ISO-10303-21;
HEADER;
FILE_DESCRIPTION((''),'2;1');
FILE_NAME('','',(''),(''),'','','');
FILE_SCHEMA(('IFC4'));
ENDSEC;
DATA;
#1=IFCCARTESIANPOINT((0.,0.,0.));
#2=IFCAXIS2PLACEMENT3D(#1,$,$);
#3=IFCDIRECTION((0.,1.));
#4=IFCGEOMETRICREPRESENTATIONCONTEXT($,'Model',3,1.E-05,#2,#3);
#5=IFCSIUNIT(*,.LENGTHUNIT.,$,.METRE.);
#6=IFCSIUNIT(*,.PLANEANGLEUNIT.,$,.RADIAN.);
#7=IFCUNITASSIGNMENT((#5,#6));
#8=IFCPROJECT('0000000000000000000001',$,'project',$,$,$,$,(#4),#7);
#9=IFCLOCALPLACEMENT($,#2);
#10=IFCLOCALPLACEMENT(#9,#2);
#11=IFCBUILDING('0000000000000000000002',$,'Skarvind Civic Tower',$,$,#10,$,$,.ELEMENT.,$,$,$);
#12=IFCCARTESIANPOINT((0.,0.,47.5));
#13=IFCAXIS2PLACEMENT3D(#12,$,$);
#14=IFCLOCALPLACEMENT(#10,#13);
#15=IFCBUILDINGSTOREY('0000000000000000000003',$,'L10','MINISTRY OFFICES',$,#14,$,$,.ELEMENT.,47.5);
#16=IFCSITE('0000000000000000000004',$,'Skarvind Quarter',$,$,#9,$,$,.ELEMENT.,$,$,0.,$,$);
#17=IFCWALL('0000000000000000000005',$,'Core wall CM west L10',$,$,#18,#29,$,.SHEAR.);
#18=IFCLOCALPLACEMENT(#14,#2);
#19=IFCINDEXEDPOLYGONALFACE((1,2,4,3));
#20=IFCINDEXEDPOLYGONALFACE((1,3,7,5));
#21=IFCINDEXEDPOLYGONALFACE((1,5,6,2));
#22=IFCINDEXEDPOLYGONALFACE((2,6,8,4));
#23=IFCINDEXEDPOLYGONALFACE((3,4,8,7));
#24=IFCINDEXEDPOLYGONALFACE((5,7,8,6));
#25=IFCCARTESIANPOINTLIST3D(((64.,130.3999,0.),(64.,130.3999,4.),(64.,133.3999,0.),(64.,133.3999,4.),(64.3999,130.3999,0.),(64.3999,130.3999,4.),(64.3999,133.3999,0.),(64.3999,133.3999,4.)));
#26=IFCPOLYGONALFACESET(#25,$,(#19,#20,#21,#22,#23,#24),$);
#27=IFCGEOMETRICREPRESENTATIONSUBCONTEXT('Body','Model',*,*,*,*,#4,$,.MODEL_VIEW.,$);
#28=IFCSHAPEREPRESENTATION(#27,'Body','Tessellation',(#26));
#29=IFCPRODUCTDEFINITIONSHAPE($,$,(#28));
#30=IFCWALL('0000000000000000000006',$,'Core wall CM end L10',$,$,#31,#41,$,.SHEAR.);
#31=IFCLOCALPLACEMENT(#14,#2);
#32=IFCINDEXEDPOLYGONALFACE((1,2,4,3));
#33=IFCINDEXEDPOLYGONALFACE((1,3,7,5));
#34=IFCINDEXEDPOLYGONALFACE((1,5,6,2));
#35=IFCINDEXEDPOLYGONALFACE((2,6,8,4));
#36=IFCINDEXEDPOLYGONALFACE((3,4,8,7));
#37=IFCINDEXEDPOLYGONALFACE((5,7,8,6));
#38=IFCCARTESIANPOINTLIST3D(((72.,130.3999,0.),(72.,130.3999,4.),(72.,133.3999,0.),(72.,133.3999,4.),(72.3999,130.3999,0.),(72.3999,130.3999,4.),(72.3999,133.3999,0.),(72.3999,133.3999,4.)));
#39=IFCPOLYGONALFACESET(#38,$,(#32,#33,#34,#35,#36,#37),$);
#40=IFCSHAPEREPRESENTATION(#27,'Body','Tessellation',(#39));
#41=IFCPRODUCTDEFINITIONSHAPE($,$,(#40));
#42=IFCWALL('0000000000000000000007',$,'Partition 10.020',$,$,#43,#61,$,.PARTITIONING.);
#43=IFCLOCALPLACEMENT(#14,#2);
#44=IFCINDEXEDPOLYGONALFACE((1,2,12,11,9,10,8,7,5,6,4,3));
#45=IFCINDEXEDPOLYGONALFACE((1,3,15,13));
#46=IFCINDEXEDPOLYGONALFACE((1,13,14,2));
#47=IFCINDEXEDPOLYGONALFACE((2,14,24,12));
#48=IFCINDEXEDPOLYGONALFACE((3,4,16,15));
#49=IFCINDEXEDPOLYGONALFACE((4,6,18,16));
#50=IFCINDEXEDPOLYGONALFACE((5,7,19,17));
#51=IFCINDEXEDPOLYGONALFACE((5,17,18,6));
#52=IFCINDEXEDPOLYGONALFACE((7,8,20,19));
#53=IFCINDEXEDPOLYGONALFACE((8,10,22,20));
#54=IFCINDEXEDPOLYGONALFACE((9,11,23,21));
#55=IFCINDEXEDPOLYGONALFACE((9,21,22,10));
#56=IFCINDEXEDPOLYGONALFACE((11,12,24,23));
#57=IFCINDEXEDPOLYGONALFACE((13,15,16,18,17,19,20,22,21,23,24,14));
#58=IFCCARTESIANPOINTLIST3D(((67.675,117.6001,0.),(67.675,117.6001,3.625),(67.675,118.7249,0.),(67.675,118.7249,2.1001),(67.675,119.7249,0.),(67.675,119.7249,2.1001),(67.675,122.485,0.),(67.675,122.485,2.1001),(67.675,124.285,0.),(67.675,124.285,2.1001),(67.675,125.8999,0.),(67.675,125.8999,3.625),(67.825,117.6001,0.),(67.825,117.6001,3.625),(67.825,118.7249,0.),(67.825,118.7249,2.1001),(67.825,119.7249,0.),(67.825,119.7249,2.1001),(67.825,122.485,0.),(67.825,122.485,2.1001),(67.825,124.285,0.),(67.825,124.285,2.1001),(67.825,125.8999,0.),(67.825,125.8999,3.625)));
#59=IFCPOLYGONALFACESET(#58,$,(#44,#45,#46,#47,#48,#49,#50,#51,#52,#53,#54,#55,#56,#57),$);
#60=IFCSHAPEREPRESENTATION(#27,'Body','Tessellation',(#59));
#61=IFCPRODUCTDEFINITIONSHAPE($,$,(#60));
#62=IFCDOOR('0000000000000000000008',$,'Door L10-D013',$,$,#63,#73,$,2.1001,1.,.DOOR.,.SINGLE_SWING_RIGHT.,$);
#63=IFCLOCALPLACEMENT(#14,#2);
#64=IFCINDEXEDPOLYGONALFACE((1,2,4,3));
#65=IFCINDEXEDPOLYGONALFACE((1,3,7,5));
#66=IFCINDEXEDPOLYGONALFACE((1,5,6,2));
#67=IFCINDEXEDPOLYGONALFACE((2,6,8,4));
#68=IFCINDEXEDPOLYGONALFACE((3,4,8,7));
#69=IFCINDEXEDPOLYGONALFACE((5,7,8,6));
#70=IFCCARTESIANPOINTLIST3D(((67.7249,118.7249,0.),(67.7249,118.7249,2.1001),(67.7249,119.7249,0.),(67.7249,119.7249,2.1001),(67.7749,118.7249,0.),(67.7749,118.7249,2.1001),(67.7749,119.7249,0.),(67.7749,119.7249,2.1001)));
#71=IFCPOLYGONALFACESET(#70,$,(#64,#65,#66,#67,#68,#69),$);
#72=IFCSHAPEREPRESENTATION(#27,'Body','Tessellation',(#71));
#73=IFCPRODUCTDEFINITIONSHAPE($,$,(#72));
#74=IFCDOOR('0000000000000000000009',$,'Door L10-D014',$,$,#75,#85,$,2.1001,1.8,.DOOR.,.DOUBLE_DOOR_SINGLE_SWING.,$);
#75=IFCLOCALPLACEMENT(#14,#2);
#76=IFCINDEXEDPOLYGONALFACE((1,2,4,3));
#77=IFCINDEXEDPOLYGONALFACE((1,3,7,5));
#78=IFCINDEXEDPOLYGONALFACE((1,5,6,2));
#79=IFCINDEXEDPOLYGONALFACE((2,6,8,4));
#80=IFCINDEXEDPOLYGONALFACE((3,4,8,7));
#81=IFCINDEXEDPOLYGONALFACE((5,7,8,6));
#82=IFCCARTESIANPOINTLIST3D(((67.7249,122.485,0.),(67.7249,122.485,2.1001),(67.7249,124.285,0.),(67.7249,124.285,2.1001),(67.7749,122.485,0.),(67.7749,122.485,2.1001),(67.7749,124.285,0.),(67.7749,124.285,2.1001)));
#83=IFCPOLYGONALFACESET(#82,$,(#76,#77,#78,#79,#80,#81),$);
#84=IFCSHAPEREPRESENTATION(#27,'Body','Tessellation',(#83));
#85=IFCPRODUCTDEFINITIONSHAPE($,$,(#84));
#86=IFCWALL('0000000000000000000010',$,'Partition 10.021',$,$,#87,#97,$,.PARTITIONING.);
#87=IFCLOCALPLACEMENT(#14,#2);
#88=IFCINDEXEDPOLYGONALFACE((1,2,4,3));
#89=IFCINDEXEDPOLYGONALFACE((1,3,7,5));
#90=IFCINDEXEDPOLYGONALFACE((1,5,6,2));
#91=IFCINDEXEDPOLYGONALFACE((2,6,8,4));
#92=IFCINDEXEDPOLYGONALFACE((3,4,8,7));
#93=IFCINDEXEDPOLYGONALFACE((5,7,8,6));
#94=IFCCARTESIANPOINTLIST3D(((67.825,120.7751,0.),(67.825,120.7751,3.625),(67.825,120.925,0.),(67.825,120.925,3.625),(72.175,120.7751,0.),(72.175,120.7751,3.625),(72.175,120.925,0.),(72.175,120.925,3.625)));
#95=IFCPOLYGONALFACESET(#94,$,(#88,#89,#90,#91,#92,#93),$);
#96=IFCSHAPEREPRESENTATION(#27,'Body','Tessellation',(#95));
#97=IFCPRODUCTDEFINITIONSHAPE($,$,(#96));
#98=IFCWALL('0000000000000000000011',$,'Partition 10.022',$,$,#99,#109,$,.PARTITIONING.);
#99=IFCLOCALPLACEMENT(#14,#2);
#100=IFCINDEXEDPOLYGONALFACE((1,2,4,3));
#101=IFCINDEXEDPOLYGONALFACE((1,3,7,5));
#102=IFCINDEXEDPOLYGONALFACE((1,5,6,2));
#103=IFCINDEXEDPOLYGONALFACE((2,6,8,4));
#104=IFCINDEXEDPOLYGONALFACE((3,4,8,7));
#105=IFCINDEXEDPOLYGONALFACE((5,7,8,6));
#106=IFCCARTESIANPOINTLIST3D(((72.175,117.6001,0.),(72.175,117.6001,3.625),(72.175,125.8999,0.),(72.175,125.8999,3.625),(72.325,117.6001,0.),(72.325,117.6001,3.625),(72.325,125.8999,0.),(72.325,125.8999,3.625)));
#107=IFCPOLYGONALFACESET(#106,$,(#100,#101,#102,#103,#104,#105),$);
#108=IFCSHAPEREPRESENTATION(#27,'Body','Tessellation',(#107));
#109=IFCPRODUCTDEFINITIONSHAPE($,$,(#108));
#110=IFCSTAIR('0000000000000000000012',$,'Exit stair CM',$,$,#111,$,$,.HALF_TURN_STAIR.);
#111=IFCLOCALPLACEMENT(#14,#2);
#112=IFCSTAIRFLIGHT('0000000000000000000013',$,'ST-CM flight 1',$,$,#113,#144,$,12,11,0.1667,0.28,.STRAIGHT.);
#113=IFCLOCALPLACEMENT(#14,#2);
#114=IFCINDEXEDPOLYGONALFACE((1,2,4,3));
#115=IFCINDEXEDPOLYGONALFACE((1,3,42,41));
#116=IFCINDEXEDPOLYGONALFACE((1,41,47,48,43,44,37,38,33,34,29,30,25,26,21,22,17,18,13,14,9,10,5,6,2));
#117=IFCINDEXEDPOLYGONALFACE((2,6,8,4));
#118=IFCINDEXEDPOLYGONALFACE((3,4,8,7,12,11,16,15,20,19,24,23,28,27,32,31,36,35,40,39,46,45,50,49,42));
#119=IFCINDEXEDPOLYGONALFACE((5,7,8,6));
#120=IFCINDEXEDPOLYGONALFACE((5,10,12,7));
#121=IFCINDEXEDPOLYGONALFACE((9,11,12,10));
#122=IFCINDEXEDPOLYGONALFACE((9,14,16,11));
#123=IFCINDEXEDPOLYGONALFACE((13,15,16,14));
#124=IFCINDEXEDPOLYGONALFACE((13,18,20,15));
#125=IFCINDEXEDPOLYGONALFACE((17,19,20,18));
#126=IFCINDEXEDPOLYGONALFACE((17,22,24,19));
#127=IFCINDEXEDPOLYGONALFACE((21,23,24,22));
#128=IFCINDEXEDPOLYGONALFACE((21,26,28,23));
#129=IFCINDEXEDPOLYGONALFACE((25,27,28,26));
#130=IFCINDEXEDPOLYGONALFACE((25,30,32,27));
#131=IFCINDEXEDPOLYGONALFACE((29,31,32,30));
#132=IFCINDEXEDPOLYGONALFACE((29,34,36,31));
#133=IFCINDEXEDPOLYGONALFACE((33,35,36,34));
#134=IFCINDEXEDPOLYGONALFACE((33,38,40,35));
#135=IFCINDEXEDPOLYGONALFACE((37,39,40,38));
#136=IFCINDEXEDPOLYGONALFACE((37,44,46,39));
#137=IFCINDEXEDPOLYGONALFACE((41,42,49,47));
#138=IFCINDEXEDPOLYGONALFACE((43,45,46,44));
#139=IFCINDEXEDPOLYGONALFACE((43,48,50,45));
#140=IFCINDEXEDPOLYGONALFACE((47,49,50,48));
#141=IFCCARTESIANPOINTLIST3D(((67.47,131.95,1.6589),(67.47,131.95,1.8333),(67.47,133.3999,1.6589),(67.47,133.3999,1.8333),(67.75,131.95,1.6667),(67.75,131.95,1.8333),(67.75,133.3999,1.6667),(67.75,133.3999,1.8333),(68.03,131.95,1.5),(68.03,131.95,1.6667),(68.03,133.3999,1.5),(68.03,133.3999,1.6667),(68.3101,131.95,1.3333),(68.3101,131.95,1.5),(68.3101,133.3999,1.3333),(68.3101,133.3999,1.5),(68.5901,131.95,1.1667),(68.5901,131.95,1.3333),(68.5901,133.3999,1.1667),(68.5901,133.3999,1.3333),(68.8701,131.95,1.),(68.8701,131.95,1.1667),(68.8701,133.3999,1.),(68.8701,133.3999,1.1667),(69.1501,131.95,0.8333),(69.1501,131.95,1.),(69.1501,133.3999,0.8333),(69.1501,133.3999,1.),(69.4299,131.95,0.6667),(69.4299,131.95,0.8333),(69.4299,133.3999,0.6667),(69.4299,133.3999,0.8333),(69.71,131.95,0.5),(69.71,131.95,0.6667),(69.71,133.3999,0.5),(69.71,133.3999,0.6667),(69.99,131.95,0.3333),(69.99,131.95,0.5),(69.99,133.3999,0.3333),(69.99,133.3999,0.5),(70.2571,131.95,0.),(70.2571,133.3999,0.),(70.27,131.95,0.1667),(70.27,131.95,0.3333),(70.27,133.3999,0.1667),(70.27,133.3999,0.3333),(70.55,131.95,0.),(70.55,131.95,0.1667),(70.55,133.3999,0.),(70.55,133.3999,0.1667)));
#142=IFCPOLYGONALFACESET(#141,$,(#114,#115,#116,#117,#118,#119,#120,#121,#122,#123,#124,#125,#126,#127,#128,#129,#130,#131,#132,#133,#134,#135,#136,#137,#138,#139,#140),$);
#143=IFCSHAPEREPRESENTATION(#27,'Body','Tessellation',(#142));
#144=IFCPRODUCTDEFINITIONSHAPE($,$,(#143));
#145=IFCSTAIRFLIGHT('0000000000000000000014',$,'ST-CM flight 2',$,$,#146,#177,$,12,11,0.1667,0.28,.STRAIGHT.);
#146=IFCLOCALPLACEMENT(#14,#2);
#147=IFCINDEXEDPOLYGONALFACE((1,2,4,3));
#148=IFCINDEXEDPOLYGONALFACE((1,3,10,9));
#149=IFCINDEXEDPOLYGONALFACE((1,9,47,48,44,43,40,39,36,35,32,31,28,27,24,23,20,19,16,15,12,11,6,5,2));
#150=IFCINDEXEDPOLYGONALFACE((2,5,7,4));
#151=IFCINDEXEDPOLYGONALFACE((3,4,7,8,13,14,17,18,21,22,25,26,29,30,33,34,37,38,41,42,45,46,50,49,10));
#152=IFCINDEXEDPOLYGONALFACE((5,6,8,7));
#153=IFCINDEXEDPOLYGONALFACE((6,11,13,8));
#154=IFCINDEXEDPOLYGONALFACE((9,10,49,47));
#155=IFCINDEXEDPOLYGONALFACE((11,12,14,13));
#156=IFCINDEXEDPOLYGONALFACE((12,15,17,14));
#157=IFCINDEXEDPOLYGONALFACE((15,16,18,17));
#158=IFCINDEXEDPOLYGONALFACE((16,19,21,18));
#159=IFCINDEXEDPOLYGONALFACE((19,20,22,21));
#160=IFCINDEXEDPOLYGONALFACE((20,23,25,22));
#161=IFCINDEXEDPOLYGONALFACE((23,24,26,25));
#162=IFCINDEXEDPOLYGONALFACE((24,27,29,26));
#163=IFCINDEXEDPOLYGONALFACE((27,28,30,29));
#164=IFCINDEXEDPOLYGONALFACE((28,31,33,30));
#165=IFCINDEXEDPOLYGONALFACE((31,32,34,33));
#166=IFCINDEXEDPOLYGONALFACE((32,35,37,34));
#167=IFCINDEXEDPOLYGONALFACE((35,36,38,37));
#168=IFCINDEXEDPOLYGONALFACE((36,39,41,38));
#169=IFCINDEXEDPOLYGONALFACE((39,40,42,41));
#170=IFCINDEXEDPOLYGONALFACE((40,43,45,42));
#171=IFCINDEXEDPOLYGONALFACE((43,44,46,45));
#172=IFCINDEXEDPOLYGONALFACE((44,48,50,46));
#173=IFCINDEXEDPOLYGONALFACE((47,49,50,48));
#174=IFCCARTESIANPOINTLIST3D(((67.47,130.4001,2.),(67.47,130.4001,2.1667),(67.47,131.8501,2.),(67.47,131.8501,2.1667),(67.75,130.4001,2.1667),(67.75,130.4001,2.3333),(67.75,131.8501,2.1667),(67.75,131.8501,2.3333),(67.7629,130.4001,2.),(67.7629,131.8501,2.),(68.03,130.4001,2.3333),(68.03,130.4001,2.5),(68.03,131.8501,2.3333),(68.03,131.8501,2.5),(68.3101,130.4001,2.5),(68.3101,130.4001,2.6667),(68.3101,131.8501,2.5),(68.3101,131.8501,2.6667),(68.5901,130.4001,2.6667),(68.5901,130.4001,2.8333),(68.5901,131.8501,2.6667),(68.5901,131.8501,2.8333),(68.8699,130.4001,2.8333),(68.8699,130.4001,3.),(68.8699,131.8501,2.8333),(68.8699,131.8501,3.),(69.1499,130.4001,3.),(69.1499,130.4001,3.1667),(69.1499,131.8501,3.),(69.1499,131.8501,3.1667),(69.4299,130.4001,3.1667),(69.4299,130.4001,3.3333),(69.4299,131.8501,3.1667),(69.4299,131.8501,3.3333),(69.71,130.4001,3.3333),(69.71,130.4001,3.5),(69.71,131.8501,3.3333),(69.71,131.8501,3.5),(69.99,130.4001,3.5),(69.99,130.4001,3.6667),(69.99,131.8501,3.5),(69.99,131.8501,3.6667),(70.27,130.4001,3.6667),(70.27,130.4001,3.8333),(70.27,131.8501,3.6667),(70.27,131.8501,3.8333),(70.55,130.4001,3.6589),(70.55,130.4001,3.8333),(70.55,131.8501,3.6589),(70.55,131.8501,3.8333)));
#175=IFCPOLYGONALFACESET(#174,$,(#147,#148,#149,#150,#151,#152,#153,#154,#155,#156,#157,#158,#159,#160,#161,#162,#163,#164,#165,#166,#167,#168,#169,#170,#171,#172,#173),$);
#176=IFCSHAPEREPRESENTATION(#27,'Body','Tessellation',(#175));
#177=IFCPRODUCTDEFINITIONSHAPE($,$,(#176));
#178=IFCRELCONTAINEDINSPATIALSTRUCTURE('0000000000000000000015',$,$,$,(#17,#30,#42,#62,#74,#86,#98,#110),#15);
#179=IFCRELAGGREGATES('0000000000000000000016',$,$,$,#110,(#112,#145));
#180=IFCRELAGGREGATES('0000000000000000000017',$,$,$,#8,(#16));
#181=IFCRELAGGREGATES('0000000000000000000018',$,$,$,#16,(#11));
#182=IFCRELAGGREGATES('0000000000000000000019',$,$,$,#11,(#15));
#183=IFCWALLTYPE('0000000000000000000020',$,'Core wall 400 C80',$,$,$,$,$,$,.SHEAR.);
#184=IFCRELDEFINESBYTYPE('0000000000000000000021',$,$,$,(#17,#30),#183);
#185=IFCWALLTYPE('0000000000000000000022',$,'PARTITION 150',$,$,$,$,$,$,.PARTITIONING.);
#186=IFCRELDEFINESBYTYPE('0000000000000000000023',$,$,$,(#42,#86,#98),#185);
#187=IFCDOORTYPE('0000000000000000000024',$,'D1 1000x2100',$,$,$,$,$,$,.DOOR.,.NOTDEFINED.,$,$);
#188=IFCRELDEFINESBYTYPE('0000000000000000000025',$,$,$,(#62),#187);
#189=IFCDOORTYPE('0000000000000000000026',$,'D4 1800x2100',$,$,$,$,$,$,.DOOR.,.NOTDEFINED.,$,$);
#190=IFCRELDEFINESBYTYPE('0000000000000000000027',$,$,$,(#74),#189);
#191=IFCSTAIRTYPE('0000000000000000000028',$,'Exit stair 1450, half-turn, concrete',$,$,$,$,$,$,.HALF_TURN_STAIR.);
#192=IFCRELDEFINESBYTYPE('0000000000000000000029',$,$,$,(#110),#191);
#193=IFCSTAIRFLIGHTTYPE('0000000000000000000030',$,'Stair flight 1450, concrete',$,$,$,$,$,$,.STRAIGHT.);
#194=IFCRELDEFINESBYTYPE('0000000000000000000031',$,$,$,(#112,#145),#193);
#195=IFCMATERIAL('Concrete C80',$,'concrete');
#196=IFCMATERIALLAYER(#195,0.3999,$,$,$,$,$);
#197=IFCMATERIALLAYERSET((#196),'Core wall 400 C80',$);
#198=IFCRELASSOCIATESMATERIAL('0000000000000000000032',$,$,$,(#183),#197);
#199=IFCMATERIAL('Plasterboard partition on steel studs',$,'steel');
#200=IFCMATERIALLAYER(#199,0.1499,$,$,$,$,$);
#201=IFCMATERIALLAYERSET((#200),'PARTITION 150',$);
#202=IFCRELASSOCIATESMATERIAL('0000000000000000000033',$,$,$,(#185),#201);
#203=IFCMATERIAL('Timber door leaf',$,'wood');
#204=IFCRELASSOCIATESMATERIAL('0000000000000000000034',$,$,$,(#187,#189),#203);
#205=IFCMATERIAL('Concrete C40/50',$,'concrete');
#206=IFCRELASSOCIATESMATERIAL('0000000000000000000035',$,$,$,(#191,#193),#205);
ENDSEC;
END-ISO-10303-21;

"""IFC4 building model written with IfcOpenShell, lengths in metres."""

from ifc_helpers import new_model, si_unit, direction, frame, frame_2d, origin, place, context, subcontext, project, spatial, polyline, rectangle, outline, extrude, material, layer, layer_set, type_object, element, fill, aggregate, save


model = new_model("IFC4")

# Units and contexts
model_context = context("Model", 3, precision=1e-05, world=origin(), true_north=direction((0.0, 1.0)))
body_context = subcontext(model_context, "Body", "Model", "MODEL_VIEW")
ifc_project = project(units=[si_unit("LENGTHUNIT", "METRE"), si_unit("PLANEANGLEUNIT", "RADIAN")], contexts=[model_context])

# Site, building, storey
site_placement = place(None, origin())
site = spatial("IfcSite", under=ifc_project, at=site_placement, Name="Skarvind Quarter", CompositionType="ELEMENT", RefElevation=0.0)
building_placement = place(site_placement, origin())
building = spatial("IfcBuilding", under=site, at=building_placement, Name="Skarvind Civic Tower", CompositionType="ELEMENT")
storey_placement = place(building_placement, frame((0.0, 0.0, 47.5)))
storey = spatial("IfcBuildingStorey", under=building, at=storey_placement, Name="L10", Description="MINISTRY OFFICES", CompositionType="ELEMENT", Elevation=47.5)

# Shared definitions
ifc_material_1 = material(Name="Concrete C80", Category="concrete")

# Shared definitions
ifc_layer_1 = layer(ifc_material_1, 0.3999)
ifc_layer_set_1 = layer_set([ifc_layer_1], Name="Core wall 400 C80")
wall_type_1 = type_object("IfcWallType", Name="Core wall 400 C80", PredefinedType="SHEAR", material=ifc_layer_set_1)

# Walls
for number, where, z_axis, x_axis, name in (
    (1, (64.2, 130.3999, 0.0), (0.0, 0.0, 1.0), (0.0, 1.0, 0.0), "Core wall CM west L10"),
    (2, (72.2, 130.3999, 0.0), (0.0, 0.0, 1.0), (0.0, 1.0, 0.0), "Core wall CM end L10"),
):
    element("IfcWall", number, at=place(storey_placement, frame(where, z_axis=z_axis, x_axis=x_axis)), inside=storey, type_object=wall_type_1, Name=name, PredefinedType="SHEAR", context=body_context, shape_type="SweptSolid", body=[
        extrude(rectangle(XDim=3.0, YDim=0.3999, at=frame_2d((1.5, 0.0))), origin(), (0.0, 0.0, 1.0), 4.0),
    ])

# Wall, openings, doors
ifc_material_2 = material(Name="Plasterboard partition on steel studs", Category="steel")
ifc_layer_2 = layer(ifc_material_2, 0.1499)
ifc_layer_set_2 = layer_set([ifc_layer_2], Name="PARTITION 150")
wall_type_2 = type_object("IfcWallType", Name="PARTITION 150", PredefinedType="PARTITIONING", material=ifc_layer_set_2)
wall_1_placement = place(storey_placement, frame((67.75, 125.8999, 0.0), z_axis=(0.0, 0.0, 1.0), x_axis=(0.0, -1.0, 0.0)))
wall_1 = element("IfcWall", 3, at=wall_1_placement, inside=storey, type_object=wall_type_2, Name="Partition 10.020", PredefinedType="PARTITIONING", context=body_context, shape_type="SweptSolid", body=[
    extrude(rectangle(XDim=8.2998, YDim=0.1499, at=frame_2d((4.1499, 0.0))), origin(), (0.0, 0.0, 1.0), 3.625),
])
opening_1_placement = place(wall_1_placement, frame((6.175, 0.0, 0.0)))
opening_1 = element("IfcOpeningElement", 4, at=opening_1_placement, cuts=wall_1, PredefinedType="OPENING", context=body_context, shape_type="SweptSolid", body=[
    extrude(rectangle(XDim=1.0, YDim=2.1001, at=frame_2d((0.5, 1.05))), frame((0.0, 0.085, 0.0), z_axis=(0.0, -1.0, 0.0), x_axis=(1.0, 0.0, 0.0)), (0.0, 0.0, 1.0), 0.1699),
])
opening_2_placement = place(wall_1_placement, frame((1.615, 0.0, 0.0)))
opening_2 = element("IfcOpeningElement", 5, at=opening_2_placement, cuts=wall_1, PredefinedType="OPENING", context=body_context, shape_type="SweptSolid", body=[
    extrude(rectangle(XDim=1.8, YDim=2.1001, at=frame_2d((0.8999, 1.05))), frame((0.0, 0.085, 0.0), z_axis=(0.0, -1.0, 0.0), x_axis=(1.0, 0.0, 0.0)), (0.0, 0.0, 1.0), 0.1699),
])
ifc_material_3 = material(Name="Timber door leaf", Category="wood")
door_type_1 = type_object("IfcDoorType", Name="D1 1000x2100", OperationType="NOTDEFINED", PredefinedType="DOOR", material=ifc_material_3)
door_1_placement = place(opening_1_placement, origin())
door_1 = element("IfcDoor", 6, at=door_1_placement, inside=storey, type_object=door_type_1, Name="Door L10-D013", OperationType="SINGLE_SWING_RIGHT", OverallHeight=2.1001, OverallWidth=1.0, PredefinedType="DOOR", context=body_context, shape_type="SweptSolid", body=[
    extrude(rectangle(XDim=1.0, YDim=2.1001, at=frame_2d((0.5, 1.05))), frame((0.0, 0.0249, 0.0), z_axis=(0.0, -1.0, 0.0), x_axis=(1.0, 0.0, 0.0)), (0.0, 0.0, 1.0), 0.05),
])
fill(opening_1, door_1)
door_type_2 = type_object("IfcDoorType", Name="D4 1800x2100", OperationType="NOTDEFINED", PredefinedType="DOOR", material=ifc_material_3)
door_2_placement = place(opening_2_placement, origin())
door_2 = element("IfcDoor", 7, at=door_2_placement, inside=storey, type_object=door_type_2, Name="Door L10-D014", OperationType="DOUBLE_DOOR_SINGLE_SWING", OverallHeight=2.1001, OverallWidth=1.8, PredefinedType="DOOR", context=body_context, shape_type="SweptSolid", body=[
    extrude(rectangle(XDim=1.8, YDim=2.1001, at=frame_2d((0.8999, 1.05))), frame((0.0, 0.0249, 0.0), z_axis=(0.0, -1.0, 0.0), x_axis=(1.0, 0.0, 0.0)), (0.0, 0.0, 1.0), 0.05),
])
fill(opening_2, door_2)

# Walls
wall_2_placement = place(storey_placement, frame((67.825, 120.8501, 0.0), z_axis=(0.0, 0.0, 1.0), x_axis=(1.0, 0.0, 0.0)))
element("IfcWall", 8, at=wall_2_placement, inside=storey, type_object=wall_type_2, Name="Partition 10.021", PredefinedType="PARTITIONING", context=body_context, shape_type="SweptSolid", body=[
    extrude(rectangle(XDim=4.3501, YDim=0.1499, at=frame_2d((2.175, 0.0))), origin(), (0.0, 0.0, 1.0), 3.625),
])
wall_3_placement = place(storey_placement, frame((72.25, 117.6001, 0.0), z_axis=(0.0, 0.0, 1.0), x_axis=(0.0, 1.0, 0.0)))
element("IfcWall", 9, at=wall_3_placement, inside=storey, type_object=wall_type_2, Name="Partition 10.022", PredefinedType="PARTITIONING", context=body_context, shape_type="SweptSolid", body=[
    extrude(rectangle(XDim=8.2998, YDim=0.1499, at=frame_2d((4.1499, 0.0))), origin(), (0.0, 0.0, 1.0), 3.625),
])

# Stair, stair flights
ifc_material_4 = material(Name="Concrete C40/50", Category="concrete")
stair_type = type_object("IfcStairType", Name="Exit stair 1450, half-turn, concrete", PredefinedType="HALF_TURN_STAIR", material=ifc_material_4)
stair_placement = place(storey_placement, origin())
stair = element("IfcStair", 10, at=stair_placement, inside=storey, type_object=stair_type, Name="Exit stair CM", PredefinedType="HALF_TURN_STAIR")
stair_flight_type = type_object("IfcStairFlightType", Name="Stair flight 1450, concrete", PredefinedType="STRAIGHT", material=ifc_material_4)
stair_flight_1_placement = place(storey_placement, frame((70.55, 132.675, 0.0), z_axis=(0.0, 0.0, 1.0), x_axis=(-1.0, 0.0, 0.0)))
stair_flight_1 = element("IfcStairFlight", 11, at=stair_flight_1_placement, type_object=stair_flight_type, Name="ST-CM flight 1", NumberOfRisers=12, NumberOfTreads=11, PredefinedType="STRAIGHT", RiserHeight=0.1667, TreadLength=0.28, context=body_context, shape_type="SweptSolid", body=[
    extrude(outline(polyline([(0.0, 0.0), (0.0, 0.1667), (0.28, 0.1667), (0.28, 0.3333), (0.5601, 0.3333), (0.5601, 0.5), (0.8401, 0.5), (0.8401, 0.6667), (1.1201, 0.6667), (1.1201, 0.8333), (1.3999, 0.8333), (1.3999, 1.0), (1.6799, 1.0), (1.6799, 1.1667), (1.96, 1.1667), (1.96, 1.3333), (2.24, 1.3333), (2.24, 1.5), (2.52, 1.5), (2.52, 1.6667), (2.8, 1.6667), (2.8, 1.8333), (3.0801, 1.8333), (3.0801, 2.0), (3.0801, 1.6589), (0.293, 0.0), (0.0, 0.0)])), frame((0.0, 0.7251, 0.0), z_axis=(0.0, -1.0, 0.0), x_axis=(1.0, 0.0, 0.0)), (0.0, 0.0, 1.0), 1.45),
])
stair_flight_2_placement = place(storey_placement, frame((67.47, 131.125, 2.0), z_axis=(0.0, 0.0, 1.0), x_axis=(1.0, 0.0, 0.0)))
stair_flight_2 = element("IfcStairFlight", 12, at=stair_flight_2_placement, type_object=stair_flight_type, Name="ST-CM flight 2", NumberOfRisers=12, NumberOfTreads=11, PredefinedType="STRAIGHT", RiserHeight=0.1667, TreadLength=0.28, context=body_context, shape_type="SweptSolid", body=[
    extrude(outline(polyline([(0.0, 0.0), (0.0, 0.1667), (0.28, 0.1667), (0.28, 0.3333), (0.5601, 0.3333), (0.5601, 0.5), (0.8401, 0.5), (0.8401, 0.6667), (1.1201, 0.6667), (1.1201, 0.8333), (1.3999, 0.8333), (1.3999, 1.0), (1.6799, 1.0), (1.6799, 1.1667), (1.96, 1.1667), (1.96, 1.3333), (2.24, 1.3333), (2.24, 1.5), (2.52, 1.5), (2.52, 1.6667), (2.8, 1.6667), (2.8, 1.8333), (3.0801, 1.8333), (3.0801, 2.0), (3.0801, 1.6589), (0.293, 0.0), (0.0, 0.0)])), frame((0.0, 0.7251, 0.0), z_axis=(0.0, -1.0, 0.0), x_axis=(1.0, 0.0, 0.0)), (0.0, 0.0, 1.0), 1.45),
])
aggregate(stair, [stair_flight_1, stair_flight_2])

save(model, "model.ifc")
